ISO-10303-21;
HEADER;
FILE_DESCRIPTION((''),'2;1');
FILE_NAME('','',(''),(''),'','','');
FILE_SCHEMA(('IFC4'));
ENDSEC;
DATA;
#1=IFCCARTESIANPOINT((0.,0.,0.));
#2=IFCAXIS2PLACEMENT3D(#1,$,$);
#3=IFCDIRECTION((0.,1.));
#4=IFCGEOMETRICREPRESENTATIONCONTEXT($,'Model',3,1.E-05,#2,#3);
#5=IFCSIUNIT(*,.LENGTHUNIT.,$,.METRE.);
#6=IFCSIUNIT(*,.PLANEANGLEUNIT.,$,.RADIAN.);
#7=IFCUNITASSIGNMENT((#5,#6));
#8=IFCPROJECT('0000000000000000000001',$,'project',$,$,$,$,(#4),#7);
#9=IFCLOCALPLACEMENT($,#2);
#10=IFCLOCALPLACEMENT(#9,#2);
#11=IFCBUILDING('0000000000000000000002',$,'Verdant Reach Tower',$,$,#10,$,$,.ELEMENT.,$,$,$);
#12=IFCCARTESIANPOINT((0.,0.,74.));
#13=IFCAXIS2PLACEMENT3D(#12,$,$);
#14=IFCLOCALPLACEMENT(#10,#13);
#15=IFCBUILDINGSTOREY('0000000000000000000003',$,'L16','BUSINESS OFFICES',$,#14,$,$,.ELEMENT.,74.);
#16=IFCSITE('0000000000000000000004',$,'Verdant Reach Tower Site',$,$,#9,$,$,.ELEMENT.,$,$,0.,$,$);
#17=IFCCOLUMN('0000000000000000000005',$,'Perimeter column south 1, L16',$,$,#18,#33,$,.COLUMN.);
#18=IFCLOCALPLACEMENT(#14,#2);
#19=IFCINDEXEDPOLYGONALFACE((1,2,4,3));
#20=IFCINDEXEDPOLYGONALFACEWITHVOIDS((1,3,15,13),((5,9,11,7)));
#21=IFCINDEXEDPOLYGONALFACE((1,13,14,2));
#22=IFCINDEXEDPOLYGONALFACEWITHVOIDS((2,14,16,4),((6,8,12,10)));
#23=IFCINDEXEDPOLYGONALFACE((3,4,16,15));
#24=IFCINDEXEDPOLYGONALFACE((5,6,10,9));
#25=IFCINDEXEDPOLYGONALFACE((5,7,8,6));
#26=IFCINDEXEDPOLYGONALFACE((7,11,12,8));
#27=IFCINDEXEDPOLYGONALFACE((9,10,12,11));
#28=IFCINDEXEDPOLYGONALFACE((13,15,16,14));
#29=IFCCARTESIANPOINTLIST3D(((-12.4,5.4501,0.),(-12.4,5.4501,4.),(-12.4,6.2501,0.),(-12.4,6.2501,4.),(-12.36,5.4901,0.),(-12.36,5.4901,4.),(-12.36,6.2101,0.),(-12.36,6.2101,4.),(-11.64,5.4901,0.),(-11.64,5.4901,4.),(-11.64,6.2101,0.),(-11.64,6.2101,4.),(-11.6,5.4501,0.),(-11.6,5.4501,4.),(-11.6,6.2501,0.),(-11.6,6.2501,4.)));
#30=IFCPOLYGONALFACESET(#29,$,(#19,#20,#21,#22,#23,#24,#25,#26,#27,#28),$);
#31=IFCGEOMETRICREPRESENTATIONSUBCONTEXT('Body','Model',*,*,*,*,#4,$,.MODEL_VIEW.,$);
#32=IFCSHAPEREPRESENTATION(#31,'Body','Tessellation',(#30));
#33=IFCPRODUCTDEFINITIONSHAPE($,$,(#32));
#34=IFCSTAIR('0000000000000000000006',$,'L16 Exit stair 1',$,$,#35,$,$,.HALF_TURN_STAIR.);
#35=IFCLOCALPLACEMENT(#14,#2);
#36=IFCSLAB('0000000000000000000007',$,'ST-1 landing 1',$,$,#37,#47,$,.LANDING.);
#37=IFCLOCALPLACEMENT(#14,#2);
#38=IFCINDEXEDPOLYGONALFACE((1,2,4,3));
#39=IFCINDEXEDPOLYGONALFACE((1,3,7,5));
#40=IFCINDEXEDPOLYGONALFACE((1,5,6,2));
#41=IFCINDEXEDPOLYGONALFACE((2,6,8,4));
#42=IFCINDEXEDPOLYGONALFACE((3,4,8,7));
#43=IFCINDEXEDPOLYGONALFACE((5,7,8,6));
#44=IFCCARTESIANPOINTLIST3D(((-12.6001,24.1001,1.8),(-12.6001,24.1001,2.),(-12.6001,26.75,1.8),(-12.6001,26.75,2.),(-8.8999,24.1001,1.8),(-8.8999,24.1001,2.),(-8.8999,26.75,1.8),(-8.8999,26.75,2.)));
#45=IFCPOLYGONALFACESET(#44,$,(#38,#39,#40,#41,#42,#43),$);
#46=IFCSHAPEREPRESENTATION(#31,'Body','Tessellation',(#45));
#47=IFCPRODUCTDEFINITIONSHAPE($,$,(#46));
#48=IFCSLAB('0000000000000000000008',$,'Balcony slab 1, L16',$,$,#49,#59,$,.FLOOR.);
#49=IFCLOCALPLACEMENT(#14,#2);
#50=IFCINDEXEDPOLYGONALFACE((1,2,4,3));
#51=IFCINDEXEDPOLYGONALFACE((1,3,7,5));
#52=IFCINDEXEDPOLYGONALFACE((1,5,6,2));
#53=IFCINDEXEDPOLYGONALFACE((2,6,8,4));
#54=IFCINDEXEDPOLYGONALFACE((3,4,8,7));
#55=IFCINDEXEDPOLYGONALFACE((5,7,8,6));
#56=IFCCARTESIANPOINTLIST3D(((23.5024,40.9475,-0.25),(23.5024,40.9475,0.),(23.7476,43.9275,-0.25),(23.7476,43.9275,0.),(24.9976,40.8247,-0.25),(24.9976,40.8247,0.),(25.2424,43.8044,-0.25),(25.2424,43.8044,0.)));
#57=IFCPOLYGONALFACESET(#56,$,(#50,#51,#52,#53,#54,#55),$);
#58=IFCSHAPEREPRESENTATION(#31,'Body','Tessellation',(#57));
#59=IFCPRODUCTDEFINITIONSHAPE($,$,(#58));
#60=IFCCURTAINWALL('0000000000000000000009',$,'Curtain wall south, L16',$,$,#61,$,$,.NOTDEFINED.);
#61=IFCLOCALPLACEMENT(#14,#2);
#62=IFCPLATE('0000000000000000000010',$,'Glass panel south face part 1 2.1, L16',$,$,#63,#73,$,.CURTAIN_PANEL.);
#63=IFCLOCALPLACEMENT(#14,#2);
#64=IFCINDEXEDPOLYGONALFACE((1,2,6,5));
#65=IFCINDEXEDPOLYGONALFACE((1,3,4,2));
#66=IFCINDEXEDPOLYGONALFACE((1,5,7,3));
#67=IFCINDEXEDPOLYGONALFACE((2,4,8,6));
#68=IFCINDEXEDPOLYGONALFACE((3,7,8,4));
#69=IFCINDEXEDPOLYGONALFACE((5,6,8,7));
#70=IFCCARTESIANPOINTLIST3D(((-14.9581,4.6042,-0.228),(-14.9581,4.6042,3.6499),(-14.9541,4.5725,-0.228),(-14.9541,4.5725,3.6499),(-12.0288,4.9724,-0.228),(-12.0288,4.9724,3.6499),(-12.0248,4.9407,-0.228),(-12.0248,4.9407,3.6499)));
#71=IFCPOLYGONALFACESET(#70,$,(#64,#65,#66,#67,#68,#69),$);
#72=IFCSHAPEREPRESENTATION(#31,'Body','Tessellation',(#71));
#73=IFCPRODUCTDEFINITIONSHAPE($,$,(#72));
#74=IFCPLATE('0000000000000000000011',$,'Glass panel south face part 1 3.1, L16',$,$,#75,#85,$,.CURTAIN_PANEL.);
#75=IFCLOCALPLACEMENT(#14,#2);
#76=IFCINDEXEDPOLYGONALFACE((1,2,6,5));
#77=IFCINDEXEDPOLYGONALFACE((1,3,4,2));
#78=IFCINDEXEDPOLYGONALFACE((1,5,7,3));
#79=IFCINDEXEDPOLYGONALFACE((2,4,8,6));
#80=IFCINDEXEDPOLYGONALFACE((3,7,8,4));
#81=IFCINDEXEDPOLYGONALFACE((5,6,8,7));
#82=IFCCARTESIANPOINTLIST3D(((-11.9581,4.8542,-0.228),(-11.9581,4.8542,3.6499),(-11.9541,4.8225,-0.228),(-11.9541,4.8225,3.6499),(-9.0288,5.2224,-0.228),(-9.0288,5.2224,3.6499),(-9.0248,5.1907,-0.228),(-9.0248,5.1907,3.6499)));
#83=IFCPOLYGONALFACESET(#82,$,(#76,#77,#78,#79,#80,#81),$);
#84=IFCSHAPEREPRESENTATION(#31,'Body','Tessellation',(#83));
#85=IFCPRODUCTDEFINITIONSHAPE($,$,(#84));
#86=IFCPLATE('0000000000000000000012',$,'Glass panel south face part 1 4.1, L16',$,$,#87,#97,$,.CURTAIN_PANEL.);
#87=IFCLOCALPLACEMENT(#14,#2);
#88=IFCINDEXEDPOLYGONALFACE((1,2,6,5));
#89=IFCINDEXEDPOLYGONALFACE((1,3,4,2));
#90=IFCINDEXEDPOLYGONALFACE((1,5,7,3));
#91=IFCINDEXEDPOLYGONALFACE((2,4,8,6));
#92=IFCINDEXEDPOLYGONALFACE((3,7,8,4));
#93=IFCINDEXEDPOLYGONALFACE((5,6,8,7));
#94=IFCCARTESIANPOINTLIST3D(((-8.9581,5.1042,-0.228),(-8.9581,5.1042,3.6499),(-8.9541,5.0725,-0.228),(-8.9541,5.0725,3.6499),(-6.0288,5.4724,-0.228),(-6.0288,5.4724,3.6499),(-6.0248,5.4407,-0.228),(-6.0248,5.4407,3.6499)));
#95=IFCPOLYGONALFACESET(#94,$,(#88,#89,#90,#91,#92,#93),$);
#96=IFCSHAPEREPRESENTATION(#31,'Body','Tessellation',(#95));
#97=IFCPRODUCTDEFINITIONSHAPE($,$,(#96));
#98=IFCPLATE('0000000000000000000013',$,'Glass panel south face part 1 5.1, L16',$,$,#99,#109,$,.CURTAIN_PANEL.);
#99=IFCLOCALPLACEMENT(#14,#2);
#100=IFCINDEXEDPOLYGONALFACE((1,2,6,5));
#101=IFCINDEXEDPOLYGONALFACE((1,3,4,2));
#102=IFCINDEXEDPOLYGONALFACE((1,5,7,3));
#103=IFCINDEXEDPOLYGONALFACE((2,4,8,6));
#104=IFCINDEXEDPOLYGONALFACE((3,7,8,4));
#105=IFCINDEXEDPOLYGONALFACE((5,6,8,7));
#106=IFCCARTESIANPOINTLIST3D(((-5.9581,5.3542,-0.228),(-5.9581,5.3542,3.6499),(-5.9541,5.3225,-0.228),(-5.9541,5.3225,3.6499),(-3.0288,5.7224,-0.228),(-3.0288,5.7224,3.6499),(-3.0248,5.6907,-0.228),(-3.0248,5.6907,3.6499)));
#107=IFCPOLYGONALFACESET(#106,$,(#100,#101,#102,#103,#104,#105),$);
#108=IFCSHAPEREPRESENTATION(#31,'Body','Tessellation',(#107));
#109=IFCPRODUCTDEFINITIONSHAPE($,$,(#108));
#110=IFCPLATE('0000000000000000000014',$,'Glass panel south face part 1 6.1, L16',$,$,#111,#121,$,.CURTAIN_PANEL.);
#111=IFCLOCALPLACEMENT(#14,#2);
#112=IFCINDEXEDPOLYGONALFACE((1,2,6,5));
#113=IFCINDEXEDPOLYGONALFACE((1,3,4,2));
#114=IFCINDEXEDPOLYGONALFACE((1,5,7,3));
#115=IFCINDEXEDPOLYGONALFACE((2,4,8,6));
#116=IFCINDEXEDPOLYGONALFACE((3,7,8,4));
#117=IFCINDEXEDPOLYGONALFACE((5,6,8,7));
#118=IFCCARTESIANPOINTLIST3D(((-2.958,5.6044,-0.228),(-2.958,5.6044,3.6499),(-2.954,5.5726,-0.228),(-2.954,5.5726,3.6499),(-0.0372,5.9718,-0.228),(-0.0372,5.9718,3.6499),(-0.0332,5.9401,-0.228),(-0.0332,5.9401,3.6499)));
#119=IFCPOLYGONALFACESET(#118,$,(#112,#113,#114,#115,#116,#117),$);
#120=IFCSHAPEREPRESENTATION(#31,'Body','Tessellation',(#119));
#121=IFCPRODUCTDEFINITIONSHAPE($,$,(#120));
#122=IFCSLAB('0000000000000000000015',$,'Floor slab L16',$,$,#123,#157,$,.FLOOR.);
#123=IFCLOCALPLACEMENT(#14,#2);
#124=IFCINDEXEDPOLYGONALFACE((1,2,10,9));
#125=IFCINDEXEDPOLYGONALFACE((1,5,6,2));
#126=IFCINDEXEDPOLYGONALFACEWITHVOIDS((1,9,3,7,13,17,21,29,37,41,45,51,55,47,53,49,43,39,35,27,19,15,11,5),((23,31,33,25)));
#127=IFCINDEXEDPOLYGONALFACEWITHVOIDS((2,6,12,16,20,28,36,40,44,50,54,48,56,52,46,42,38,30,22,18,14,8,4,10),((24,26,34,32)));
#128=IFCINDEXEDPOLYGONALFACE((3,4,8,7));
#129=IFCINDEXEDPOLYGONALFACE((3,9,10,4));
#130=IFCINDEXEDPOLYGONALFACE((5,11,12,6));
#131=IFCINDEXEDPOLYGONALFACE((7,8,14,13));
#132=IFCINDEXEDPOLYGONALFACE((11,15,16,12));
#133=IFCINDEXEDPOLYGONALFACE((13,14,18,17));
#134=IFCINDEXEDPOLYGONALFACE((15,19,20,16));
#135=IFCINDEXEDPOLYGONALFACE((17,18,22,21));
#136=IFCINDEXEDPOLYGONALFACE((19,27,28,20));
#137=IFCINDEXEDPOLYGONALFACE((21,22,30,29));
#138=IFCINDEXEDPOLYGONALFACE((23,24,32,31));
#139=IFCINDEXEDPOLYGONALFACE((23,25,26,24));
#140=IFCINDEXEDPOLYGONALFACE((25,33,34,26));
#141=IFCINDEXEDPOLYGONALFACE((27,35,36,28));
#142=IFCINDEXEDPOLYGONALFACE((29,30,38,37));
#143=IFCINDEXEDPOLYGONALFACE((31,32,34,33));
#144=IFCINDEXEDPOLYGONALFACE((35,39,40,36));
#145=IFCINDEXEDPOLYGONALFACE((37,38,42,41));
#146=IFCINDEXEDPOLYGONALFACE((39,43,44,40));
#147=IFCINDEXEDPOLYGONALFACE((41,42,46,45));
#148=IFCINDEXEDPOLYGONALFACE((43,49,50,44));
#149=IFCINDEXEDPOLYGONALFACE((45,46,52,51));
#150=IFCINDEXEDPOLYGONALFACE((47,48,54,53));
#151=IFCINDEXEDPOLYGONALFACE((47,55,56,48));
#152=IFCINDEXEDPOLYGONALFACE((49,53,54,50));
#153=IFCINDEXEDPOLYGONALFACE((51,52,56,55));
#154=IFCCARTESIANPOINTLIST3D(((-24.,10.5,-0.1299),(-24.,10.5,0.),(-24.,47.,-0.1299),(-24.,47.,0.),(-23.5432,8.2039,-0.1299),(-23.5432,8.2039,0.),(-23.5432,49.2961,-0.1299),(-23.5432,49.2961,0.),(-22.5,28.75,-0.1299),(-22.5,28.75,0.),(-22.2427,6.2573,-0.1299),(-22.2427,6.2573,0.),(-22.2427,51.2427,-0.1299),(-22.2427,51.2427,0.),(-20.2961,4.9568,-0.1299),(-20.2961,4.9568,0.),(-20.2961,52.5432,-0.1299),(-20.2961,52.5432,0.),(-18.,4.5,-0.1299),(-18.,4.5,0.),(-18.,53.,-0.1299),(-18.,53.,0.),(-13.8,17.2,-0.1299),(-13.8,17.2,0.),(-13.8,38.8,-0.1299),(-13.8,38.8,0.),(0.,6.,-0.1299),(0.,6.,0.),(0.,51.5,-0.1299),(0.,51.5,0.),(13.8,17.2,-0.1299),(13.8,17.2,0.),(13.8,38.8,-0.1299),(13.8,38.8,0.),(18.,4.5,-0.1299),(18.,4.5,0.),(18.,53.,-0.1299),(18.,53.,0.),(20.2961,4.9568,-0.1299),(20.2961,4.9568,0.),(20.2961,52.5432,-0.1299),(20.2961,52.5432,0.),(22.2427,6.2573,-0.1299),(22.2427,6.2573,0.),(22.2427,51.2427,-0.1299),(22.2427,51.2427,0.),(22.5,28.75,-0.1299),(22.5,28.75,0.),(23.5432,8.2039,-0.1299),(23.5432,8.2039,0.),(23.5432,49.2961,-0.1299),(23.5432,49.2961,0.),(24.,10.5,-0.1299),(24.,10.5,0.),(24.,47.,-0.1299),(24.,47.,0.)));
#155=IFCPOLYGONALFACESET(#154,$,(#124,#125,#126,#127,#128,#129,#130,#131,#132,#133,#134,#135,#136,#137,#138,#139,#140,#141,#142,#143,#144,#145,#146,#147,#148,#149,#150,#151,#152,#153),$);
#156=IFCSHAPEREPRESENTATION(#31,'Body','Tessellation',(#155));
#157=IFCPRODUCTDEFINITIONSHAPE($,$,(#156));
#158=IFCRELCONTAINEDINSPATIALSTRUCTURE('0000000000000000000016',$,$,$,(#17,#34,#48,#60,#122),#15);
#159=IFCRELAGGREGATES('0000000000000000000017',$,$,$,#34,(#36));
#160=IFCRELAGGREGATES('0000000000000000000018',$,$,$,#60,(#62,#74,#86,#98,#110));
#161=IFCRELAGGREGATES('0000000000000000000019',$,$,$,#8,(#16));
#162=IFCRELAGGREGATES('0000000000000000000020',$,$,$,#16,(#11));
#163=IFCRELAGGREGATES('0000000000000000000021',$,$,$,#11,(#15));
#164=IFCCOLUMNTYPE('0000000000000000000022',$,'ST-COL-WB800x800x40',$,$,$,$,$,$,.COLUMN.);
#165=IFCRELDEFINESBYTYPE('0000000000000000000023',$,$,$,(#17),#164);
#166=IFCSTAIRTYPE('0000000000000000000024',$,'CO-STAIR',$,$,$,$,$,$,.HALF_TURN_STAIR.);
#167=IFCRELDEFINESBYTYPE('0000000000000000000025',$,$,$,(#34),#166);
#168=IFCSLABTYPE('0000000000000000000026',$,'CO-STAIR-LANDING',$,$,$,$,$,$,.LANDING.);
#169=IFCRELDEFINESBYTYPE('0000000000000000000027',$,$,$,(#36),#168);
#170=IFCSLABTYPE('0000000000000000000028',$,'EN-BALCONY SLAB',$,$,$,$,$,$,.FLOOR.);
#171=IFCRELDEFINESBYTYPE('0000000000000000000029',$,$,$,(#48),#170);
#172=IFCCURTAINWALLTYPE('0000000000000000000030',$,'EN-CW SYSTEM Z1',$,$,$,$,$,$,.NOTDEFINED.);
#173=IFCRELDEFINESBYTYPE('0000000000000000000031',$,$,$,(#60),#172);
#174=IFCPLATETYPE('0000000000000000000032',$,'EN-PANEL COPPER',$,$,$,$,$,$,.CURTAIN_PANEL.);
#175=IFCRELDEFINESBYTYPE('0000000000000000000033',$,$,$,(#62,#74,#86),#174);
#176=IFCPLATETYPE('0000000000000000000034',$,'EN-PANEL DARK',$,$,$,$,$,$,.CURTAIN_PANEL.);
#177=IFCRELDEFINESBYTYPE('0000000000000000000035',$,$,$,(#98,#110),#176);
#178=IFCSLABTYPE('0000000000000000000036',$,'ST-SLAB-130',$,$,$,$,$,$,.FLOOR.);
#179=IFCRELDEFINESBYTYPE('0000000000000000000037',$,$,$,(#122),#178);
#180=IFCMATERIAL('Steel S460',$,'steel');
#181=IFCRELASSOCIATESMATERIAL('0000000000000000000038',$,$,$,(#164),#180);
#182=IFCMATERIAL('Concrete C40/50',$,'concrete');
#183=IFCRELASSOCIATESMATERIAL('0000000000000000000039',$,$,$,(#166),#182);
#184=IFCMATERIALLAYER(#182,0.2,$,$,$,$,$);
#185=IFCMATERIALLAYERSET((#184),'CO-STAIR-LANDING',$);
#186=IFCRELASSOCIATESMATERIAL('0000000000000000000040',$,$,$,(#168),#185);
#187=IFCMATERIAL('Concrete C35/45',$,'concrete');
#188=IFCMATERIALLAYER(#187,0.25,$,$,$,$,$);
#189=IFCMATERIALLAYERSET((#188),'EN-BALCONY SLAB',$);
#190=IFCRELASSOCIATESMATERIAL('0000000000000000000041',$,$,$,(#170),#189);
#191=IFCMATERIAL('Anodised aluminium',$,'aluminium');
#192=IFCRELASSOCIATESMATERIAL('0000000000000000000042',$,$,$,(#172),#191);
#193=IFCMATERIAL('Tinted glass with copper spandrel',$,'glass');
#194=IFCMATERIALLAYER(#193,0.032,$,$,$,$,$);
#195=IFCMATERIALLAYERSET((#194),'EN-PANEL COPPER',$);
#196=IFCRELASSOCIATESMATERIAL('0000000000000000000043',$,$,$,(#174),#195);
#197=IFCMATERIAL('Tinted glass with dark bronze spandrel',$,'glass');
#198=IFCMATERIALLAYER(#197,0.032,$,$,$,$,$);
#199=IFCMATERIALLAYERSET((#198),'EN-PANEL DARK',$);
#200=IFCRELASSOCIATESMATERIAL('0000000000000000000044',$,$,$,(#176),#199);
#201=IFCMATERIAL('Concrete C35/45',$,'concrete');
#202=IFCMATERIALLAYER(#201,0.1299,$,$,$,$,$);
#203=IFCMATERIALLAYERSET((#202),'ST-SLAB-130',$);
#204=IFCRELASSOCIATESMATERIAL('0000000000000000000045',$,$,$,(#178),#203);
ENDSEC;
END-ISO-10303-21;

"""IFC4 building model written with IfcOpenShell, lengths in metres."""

from ifc_helpers import new_model, si_unit, direction, frame, origin, origin_2d, place, context, subcontext, project, spatial, polyline, rectangle, hollow_rectangle, outline, extrude, material, layer, layer_set, material_profile, profile_set, type_object, element, aggregate, save


model = new_model("IFC4")

# Units and contexts
model_context = context("Model", 3, precision=1e-05, world=origin(), true_north=direction((0.0, 1.0)))
body_context = subcontext(model_context, "Body", "Model", "MODEL_VIEW")
ifc_project = project(units=[si_unit("LENGTHUNIT", "METRE"), si_unit("PLANEANGLEUNIT", "RADIAN")], contexts=[model_context])

# Site, building, storey
site_placement = place(None, origin())
site = spatial("IfcSite", under=ifc_project, at=site_placement, Name="Verdant Reach Tower Site", CompositionType="ELEMENT", RefElevation=0.0)
building_placement = place(site_placement, origin())
building = spatial("IfcBuilding", under=site, at=building_placement, Name="Verdant Reach Tower", CompositionType="ELEMENT")
storey_placement = place(building_placement, frame((0.0, 0.0, 74.0)))
storey = spatial("IfcBuildingStorey", under=building, at=storey_placement, Name="L16", Description="BUSINESS OFFICES", CompositionType="ELEMENT", Elevation=74.0)

# Column
ifc_material_1 = material(Name="Steel S460", Category="steel")
ifc_material_profile = material_profile(ifc_material_1, hollow_rectangle(XDim=0.8, YDim=0.8, WallThickness=0.04, at=origin_2d()), Name="WB 800x800x40")
ifc_profile_set = profile_set([ifc_material_profile], Name="Steel S460")
column_type = type_object("IfcColumnType", Name="ST-COL-WB800x800x40", PredefinedType="COLUMN", material=ifc_profile_set)
column_placement = place(storey_placement, frame((-12.0, 5.8501, 0.0), z_axis=(0.0, 0.0, 1.0), x_axis=(1.0, 0.0, 0.0)))
element("IfcColumn", 1, at=column_placement, inside=storey, type_object=column_type, Name="Perimeter column south 1, L16", PredefinedType="COLUMN", context=body_context, shape_type="SweptSolid", body=[
    extrude(hollow_rectangle(XDim=0.8, YDim=0.8, WallThickness=0.04, at=origin_2d()), origin(), (0.0, 0.0, 1.0), 4.0),
])

# Stair, slab
ifc_material_2 = material(Name="Concrete C40/50", Category="concrete")
stair_type = type_object("IfcStairType", Name="CO-STAIR", PredefinedType="HALF_TURN_STAIR", material=ifc_material_2)
stair_placement = place(storey_placement, origin())
stair = element("IfcStair", 2, at=stair_placement, inside=storey, type_object=stair_type, Name="L16 Exit stair 1", PredefinedType="HALF_TURN_STAIR")
ifc_layer_1 = layer(ifc_material_2, 0.2)
ifc_layer_set_1 = layer_set([ifc_layer_1], Name="CO-STAIR-LANDING")
slab_type_1 = type_object("IfcSlabType", Name="CO-STAIR-LANDING", PredefinedType="LANDING", material=ifc_layer_set_1)
slab_1_placement = place(storey_placement, frame((0.0, 0.0, 1.8)))
slab_1 = element("IfcSlab", 3, at=slab_1_placement, type_object=slab_type_1, Name="ST-1 landing 1", PredefinedType="LANDING", context=body_context, shape_type="SweptSolid", body=[
    extrude(outline(polyline([(-12.6001, 26.75), (-12.6001, 24.1001), (-8.8999, 24.1001), (-8.8999, 26.75), (-12.6001, 26.75)])), origin(), (0.0, 0.0, 1.0), 0.2),
])
aggregate(stair, [slab_1])

# Slab
ifc_material_3 = material(Name="Concrete C35/45", Category="concrete")
ifc_layer_2 = layer(ifc_material_3, 0.25)
ifc_layer_set_2 = layer_set([ifc_layer_2], Name="EN-BALCONY SLAB")
slab_type_2 = type_object("IfcSlabType", Name="EN-BALCONY SLAB", PredefinedType="FLOOR", material=ifc_layer_set_2)
slab_2_placement = place(storey_placement, frame((0.0, 0.0, -0.25)))
element("IfcSlab", 4, at=slab_2_placement, inside=storey, type_object=slab_type_2, Name="Balcony slab 1, L16", PredefinedType="FLOOR", context=body_context, shape_type="SweptSolid", body=[
    extrude(outline(polyline([(23.5024, 40.9475), (23.7476, 43.9275), (25.2424, 43.8044), (24.9976, 40.8247), (23.5024, 40.9475)])), origin(), (0.0, 0.0, 1.0), 0.25),
])

# Curtain wall, plates
ifc_material_4 = material(Name="Anodised aluminium", Category="aluminium")
curtain_wall_type = type_object("IfcCurtainWallType", Name="EN-CW SYSTEM Z1", PredefinedType="NOTDEFINED", material=ifc_material_4)
curtain_wall_placement = place(storey_placement, origin())
curtain_wall = element("IfcCurtainWall", 5, at=curtain_wall_placement, inside=storey, type_object=curtain_wall_type, Name="Curtain wall south, L16", PredefinedType="NOTDEFINED")
ifc_material_5 = material(Name="Tinted glass with copper spandrel", Category="glass")
ifc_layer_3 = layer(ifc_material_5, 0.032)
ifc_layer_set_3 = layer_set([ifc_layer_3], Name="EN-PANEL COPPER")
plate_type_1 = type_object("IfcPlateType", Name="EN-PANEL COPPER", PredefinedType="CURTAIN_PANEL", material=ifc_layer_set_3)
plate_1_placement = place(storey_placement, frame((-13.4915, 4.7725, -0.228), z_axis=(0.0, 0.0, 1.0), x_axis=(0.992194, 0.124704, 0.0)))
plate_1 = element("IfcPlate", 6, at=plate_1_placement, type_object=plate_type_1, Name="Glass panel south face part 1 2.1, L16", PredefinedType="CURTAIN_PANEL", context=body_context, shape_type="SweptSolid", body=[
    extrude(rectangle(XDim=2.9524, YDim=0.032, at=origin_2d()), origin(), (0.0, 0.0, 1.0), 3.8779),
])
plate_2_placement = place(storey_placement, frame((-10.4915, 5.0225, -0.228), z_axis=(0.0, 0.0, 1.0), x_axis=(0.992194, 0.124704, 0.0)))
plate_2 = element("IfcPlate", 7, at=plate_2_placement, type_object=plate_type_1, Name="Glass panel south face part 1 3.1, L16", PredefinedType="CURTAIN_PANEL", context=body_context, shape_type="SweptSolid", body=[
    extrude(rectangle(XDim=2.9524, YDim=0.032, at=origin_2d()), origin(), (0.0, 0.0, 1.0), 3.8779),
])
plate_3_placement = place(storey_placement, frame((-7.4915, 5.2725, -0.228), z_axis=(0.0, 0.0, 1.0), x_axis=(0.992194, 0.124704, 0.0)))
plate_3 = element("IfcPlate", 8, at=plate_3_placement, type_object=plate_type_1, Name="Glass panel south face part 1 4.1, L16", PredefinedType="CURTAIN_PANEL", context=body_context, shape_type="SweptSolid", body=[
    extrude(rectangle(XDim=2.9524, YDim=0.032, at=origin_2d()), origin(), (0.0, 0.0, 1.0), 3.8779),
])
ifc_material_6 = material(Name="Tinted glass with dark bronze spandrel", Category="glass")
ifc_layer_4 = layer(ifc_material_6, 0.032)
ifc_layer_set_4 = layer_set([ifc_layer_4], Name="EN-PANEL DARK")
plate_type_2 = type_object("IfcPlateType", Name="EN-PANEL DARK", PredefinedType="CURTAIN_PANEL", material=ifc_layer_set_4)
plate_4_placement = place(storey_placement, frame((-4.4915, 5.5225, -0.228), z_axis=(0.0, 0.0, 1.0), x_axis=(0.992194, 0.124704, 0.0)))
plate_4 = element("IfcPlate", 9, at=plate_4_placement, type_object=plate_type_2, Name="Glass panel south face part 1 5.1, L16", PredefinedType="CURTAIN_PANEL", context=body_context, shape_type="SweptSolid", body=[
    extrude(rectangle(XDim=2.9524, YDim=0.032, at=origin_2d()), origin(), (0.0, 0.0, 1.0), 3.8779),
])
plate_5_placement = place(storey_placement, frame((-1.4956, 5.7722, -0.228), z_axis=(0.0, 0.0, 1.0), x_axis=(0.992179, 0.124821, 0.0)))
plate_5 = element("IfcPlate", 10, at=plate_5_placement, type_object=plate_type_2, Name="Glass panel south face part 1 6.1, L16", PredefinedType="CURTAIN_PANEL", context=body_context, shape_type="SweptSolid", body=[
    extrude(rectangle(XDim=2.9438, YDim=0.032, at=origin_2d()), origin(), (0.0, 0.0, 1.0), 3.8779),
])
aggregate(curtain_wall, [plate_1, plate_2, plate_3, plate_4, plate_5])

# Slab
ifc_material_7 = material(Name="Concrete C35/45", Category="concrete")
ifc_layer_5 = layer(ifc_material_7, 0.1299)
ifc_layer_set_5 = layer_set([ifc_layer_5], Name="ST-SLAB-130")
slab_type_3 = type_object("IfcSlabType", Name="ST-SLAB-130", PredefinedType="FLOOR", material=ifc_layer_set_5)
slab_3_placement = place(storey_placement, frame((0.0, 0.0, -0.1299)))
element("IfcSlab", 11, at=slab_3_placement, inside=storey, type_object=slab_type_3, Name="Floor slab L16", PredefinedType="FLOOR", context=body_context, shape_type="SweptSolid", body=[
    extrude(outline(polyline([(0.0, 6.0), (-18.0, 4.5), (-20.2961, 4.9568), (-22.2427, 6.2573), (-23.5432, 8.2039), (-24.0, 10.5), (-22.5, 28.75), (-24.0, 47.0), (-23.5432, 49.2961), (-22.2427, 51.2427), (-20.2961, 52.5432), (-18.0, 53.0), (0.0, 51.5), (18.0, 53.0), (20.2961, 52.5432), (22.2427, 51.2427), (23.5432, 49.2961), (24.0, 47.0), (22.5, 28.75), (24.0, 10.5), (23.5432, 8.2039), (22.2427, 6.2573), (20.2961, 4.9568), (18.0, 4.5), (0.0, 6.0)]), holes=[polyline([(13.8, 38.8), (-13.8, 38.8), (-13.8, 17.2), (13.8, 17.2), (13.8, 38.8)])]), origin(), (0.0, 0.0, 1.0), 0.1299),
])

save(model, "model.ifc")
